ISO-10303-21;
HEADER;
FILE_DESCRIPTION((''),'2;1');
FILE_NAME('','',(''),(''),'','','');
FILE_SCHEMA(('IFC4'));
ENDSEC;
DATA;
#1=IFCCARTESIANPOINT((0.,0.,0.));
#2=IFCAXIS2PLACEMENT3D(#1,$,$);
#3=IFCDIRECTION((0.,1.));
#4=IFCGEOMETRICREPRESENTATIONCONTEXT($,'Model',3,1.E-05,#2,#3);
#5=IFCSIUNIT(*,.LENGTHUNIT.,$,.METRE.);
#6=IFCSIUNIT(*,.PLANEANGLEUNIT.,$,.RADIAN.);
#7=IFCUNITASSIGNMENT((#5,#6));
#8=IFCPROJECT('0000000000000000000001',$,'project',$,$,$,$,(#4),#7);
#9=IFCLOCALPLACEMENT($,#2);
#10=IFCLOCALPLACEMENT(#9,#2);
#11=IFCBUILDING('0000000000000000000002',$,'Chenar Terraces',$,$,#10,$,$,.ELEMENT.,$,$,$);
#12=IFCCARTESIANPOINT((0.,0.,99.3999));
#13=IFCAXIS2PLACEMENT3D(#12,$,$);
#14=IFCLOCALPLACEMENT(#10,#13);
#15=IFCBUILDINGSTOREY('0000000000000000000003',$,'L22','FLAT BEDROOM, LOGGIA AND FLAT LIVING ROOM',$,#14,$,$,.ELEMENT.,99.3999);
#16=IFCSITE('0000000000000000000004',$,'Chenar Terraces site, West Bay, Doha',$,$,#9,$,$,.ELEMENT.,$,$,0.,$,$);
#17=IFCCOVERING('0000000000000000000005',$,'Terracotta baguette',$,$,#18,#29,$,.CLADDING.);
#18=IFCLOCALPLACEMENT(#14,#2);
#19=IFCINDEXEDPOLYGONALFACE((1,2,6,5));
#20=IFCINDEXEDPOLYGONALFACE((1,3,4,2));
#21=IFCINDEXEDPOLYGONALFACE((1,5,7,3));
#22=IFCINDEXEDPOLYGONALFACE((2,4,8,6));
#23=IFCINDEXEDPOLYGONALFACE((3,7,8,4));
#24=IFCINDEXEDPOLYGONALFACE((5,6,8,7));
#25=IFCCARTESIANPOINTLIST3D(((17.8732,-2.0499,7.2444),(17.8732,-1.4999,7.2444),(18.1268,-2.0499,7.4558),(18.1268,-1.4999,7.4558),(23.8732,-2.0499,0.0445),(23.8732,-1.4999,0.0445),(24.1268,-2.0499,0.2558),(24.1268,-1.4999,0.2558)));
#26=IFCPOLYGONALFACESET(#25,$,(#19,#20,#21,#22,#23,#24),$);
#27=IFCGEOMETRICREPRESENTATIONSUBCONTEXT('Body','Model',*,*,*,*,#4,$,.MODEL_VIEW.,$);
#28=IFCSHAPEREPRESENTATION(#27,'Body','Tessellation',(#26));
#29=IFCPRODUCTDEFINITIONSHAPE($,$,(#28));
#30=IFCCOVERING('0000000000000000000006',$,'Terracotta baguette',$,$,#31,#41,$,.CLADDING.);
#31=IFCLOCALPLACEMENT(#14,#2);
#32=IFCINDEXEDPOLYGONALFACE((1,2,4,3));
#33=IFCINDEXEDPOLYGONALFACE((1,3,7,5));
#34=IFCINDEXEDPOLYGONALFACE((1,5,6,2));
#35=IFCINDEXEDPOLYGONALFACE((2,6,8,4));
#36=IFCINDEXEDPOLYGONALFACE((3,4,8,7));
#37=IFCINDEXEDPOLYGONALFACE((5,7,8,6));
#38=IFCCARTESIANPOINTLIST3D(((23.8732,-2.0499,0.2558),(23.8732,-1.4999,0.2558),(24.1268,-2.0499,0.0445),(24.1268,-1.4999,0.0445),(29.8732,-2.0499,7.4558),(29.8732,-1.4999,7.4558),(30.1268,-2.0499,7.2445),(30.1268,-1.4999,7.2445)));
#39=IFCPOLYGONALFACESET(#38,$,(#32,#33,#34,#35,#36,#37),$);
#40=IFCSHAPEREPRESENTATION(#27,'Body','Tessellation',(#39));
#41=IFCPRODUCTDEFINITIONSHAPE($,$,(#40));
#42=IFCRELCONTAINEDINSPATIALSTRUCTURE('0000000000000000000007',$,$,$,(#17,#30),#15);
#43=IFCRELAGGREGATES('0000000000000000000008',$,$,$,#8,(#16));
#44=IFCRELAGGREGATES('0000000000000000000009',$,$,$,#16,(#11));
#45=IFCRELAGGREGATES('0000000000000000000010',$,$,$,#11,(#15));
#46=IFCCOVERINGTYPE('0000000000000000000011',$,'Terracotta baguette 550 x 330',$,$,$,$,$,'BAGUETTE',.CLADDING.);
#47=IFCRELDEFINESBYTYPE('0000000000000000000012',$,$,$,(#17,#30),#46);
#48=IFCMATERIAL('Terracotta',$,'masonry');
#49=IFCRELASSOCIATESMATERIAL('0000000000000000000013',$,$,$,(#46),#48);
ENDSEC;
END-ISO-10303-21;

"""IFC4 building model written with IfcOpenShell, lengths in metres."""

from ifc_helpers import new_model, si_unit, direction, frame, origin, origin_2d, place, context, subcontext, project, spatial, rectangle, extrude, material, material_profile, profile_set, type_object, element, save


model = new_model("IFC4")

# Units and contexts
model_context = context("Model", 3, precision=1e-05, world=origin(), true_north=direction((0.0, 1.0)))
body_context = subcontext(model_context, "Body", "Model", "MODEL_VIEW")
ifc_project = project(units=[si_unit("LENGTHUNIT", "METRE"), si_unit("PLANEANGLEUNIT", "RADIAN")], contexts=[model_context])

# Site, building, storey
site_placement = place(None, origin())
site = spatial("IfcSite", under=ifc_project, at=site_placement, Name="Chenar Terraces site, West Bay, Doha", CompositionType="ELEMENT", RefElevation=0.0)
building_placement = place(site_placement, origin())
building = spatial("IfcBuilding", under=site, at=building_placement, Name="Chenar Terraces", CompositionType="ELEMENT")
storey_placement = place(building_placement, frame((0.0, 0.0, 99.3999)))
storey = spatial("IfcBuildingStorey", under=building, at=storey_placement, Name="L22", Description="FLAT BEDROOM, LOGGIA AND FLAT LIVING ROOM", CompositionType="ELEMENT", Elevation=99.3999)

# Coverings
ifc_material_1 = material(Name="Terracotta", Category="masonry")
ifc_material_profile_1 = material_profile(ifc_material_1, rectangle(XDim=0.55, YDim=0.3301, at=origin_2d()), Name="Terracotta baguette 550 x 330")
ifc_profile_set_1 = profile_set([ifc_material_profile_1], Name="Terracotta")
covering_type = type_object("IfcCoveringType", Name="Terracotta baguette 550 x 330", ElementType="BAGUETTE", PredefinedType="CLADDING", material=ifc_profile_set_1)
for number, where, z_axis, x_axis, name in (
    (1, (18.0, -1.7749, 7.3501), (0.640187, 0.0, -0.768219), (0.0, 1.0, 0.0), "Terracotta baguette"),
    (2, (24.0, -1.7749, 0.1501), (0.640187, 0.0, 0.768219), (0.0, 1.0, 0.0), "Terracotta baguette"),
):
    element("IfcCovering", number, at=place(storey_placement, frame(where, z_axis=z_axis, x_axis=x_axis)), inside=storey, type_object=covering_type, Name=name, PredefinedType="CLADDING", context=body_context, shape_type="SweptSolid", body=[
        extrude(rectangle(XDim=0.55, YDim=0.3301, at=origin_2d()), origin(), (0.0, 0.0, 1.0), 9.3723),
    ])

save(model, "model.ifc")
